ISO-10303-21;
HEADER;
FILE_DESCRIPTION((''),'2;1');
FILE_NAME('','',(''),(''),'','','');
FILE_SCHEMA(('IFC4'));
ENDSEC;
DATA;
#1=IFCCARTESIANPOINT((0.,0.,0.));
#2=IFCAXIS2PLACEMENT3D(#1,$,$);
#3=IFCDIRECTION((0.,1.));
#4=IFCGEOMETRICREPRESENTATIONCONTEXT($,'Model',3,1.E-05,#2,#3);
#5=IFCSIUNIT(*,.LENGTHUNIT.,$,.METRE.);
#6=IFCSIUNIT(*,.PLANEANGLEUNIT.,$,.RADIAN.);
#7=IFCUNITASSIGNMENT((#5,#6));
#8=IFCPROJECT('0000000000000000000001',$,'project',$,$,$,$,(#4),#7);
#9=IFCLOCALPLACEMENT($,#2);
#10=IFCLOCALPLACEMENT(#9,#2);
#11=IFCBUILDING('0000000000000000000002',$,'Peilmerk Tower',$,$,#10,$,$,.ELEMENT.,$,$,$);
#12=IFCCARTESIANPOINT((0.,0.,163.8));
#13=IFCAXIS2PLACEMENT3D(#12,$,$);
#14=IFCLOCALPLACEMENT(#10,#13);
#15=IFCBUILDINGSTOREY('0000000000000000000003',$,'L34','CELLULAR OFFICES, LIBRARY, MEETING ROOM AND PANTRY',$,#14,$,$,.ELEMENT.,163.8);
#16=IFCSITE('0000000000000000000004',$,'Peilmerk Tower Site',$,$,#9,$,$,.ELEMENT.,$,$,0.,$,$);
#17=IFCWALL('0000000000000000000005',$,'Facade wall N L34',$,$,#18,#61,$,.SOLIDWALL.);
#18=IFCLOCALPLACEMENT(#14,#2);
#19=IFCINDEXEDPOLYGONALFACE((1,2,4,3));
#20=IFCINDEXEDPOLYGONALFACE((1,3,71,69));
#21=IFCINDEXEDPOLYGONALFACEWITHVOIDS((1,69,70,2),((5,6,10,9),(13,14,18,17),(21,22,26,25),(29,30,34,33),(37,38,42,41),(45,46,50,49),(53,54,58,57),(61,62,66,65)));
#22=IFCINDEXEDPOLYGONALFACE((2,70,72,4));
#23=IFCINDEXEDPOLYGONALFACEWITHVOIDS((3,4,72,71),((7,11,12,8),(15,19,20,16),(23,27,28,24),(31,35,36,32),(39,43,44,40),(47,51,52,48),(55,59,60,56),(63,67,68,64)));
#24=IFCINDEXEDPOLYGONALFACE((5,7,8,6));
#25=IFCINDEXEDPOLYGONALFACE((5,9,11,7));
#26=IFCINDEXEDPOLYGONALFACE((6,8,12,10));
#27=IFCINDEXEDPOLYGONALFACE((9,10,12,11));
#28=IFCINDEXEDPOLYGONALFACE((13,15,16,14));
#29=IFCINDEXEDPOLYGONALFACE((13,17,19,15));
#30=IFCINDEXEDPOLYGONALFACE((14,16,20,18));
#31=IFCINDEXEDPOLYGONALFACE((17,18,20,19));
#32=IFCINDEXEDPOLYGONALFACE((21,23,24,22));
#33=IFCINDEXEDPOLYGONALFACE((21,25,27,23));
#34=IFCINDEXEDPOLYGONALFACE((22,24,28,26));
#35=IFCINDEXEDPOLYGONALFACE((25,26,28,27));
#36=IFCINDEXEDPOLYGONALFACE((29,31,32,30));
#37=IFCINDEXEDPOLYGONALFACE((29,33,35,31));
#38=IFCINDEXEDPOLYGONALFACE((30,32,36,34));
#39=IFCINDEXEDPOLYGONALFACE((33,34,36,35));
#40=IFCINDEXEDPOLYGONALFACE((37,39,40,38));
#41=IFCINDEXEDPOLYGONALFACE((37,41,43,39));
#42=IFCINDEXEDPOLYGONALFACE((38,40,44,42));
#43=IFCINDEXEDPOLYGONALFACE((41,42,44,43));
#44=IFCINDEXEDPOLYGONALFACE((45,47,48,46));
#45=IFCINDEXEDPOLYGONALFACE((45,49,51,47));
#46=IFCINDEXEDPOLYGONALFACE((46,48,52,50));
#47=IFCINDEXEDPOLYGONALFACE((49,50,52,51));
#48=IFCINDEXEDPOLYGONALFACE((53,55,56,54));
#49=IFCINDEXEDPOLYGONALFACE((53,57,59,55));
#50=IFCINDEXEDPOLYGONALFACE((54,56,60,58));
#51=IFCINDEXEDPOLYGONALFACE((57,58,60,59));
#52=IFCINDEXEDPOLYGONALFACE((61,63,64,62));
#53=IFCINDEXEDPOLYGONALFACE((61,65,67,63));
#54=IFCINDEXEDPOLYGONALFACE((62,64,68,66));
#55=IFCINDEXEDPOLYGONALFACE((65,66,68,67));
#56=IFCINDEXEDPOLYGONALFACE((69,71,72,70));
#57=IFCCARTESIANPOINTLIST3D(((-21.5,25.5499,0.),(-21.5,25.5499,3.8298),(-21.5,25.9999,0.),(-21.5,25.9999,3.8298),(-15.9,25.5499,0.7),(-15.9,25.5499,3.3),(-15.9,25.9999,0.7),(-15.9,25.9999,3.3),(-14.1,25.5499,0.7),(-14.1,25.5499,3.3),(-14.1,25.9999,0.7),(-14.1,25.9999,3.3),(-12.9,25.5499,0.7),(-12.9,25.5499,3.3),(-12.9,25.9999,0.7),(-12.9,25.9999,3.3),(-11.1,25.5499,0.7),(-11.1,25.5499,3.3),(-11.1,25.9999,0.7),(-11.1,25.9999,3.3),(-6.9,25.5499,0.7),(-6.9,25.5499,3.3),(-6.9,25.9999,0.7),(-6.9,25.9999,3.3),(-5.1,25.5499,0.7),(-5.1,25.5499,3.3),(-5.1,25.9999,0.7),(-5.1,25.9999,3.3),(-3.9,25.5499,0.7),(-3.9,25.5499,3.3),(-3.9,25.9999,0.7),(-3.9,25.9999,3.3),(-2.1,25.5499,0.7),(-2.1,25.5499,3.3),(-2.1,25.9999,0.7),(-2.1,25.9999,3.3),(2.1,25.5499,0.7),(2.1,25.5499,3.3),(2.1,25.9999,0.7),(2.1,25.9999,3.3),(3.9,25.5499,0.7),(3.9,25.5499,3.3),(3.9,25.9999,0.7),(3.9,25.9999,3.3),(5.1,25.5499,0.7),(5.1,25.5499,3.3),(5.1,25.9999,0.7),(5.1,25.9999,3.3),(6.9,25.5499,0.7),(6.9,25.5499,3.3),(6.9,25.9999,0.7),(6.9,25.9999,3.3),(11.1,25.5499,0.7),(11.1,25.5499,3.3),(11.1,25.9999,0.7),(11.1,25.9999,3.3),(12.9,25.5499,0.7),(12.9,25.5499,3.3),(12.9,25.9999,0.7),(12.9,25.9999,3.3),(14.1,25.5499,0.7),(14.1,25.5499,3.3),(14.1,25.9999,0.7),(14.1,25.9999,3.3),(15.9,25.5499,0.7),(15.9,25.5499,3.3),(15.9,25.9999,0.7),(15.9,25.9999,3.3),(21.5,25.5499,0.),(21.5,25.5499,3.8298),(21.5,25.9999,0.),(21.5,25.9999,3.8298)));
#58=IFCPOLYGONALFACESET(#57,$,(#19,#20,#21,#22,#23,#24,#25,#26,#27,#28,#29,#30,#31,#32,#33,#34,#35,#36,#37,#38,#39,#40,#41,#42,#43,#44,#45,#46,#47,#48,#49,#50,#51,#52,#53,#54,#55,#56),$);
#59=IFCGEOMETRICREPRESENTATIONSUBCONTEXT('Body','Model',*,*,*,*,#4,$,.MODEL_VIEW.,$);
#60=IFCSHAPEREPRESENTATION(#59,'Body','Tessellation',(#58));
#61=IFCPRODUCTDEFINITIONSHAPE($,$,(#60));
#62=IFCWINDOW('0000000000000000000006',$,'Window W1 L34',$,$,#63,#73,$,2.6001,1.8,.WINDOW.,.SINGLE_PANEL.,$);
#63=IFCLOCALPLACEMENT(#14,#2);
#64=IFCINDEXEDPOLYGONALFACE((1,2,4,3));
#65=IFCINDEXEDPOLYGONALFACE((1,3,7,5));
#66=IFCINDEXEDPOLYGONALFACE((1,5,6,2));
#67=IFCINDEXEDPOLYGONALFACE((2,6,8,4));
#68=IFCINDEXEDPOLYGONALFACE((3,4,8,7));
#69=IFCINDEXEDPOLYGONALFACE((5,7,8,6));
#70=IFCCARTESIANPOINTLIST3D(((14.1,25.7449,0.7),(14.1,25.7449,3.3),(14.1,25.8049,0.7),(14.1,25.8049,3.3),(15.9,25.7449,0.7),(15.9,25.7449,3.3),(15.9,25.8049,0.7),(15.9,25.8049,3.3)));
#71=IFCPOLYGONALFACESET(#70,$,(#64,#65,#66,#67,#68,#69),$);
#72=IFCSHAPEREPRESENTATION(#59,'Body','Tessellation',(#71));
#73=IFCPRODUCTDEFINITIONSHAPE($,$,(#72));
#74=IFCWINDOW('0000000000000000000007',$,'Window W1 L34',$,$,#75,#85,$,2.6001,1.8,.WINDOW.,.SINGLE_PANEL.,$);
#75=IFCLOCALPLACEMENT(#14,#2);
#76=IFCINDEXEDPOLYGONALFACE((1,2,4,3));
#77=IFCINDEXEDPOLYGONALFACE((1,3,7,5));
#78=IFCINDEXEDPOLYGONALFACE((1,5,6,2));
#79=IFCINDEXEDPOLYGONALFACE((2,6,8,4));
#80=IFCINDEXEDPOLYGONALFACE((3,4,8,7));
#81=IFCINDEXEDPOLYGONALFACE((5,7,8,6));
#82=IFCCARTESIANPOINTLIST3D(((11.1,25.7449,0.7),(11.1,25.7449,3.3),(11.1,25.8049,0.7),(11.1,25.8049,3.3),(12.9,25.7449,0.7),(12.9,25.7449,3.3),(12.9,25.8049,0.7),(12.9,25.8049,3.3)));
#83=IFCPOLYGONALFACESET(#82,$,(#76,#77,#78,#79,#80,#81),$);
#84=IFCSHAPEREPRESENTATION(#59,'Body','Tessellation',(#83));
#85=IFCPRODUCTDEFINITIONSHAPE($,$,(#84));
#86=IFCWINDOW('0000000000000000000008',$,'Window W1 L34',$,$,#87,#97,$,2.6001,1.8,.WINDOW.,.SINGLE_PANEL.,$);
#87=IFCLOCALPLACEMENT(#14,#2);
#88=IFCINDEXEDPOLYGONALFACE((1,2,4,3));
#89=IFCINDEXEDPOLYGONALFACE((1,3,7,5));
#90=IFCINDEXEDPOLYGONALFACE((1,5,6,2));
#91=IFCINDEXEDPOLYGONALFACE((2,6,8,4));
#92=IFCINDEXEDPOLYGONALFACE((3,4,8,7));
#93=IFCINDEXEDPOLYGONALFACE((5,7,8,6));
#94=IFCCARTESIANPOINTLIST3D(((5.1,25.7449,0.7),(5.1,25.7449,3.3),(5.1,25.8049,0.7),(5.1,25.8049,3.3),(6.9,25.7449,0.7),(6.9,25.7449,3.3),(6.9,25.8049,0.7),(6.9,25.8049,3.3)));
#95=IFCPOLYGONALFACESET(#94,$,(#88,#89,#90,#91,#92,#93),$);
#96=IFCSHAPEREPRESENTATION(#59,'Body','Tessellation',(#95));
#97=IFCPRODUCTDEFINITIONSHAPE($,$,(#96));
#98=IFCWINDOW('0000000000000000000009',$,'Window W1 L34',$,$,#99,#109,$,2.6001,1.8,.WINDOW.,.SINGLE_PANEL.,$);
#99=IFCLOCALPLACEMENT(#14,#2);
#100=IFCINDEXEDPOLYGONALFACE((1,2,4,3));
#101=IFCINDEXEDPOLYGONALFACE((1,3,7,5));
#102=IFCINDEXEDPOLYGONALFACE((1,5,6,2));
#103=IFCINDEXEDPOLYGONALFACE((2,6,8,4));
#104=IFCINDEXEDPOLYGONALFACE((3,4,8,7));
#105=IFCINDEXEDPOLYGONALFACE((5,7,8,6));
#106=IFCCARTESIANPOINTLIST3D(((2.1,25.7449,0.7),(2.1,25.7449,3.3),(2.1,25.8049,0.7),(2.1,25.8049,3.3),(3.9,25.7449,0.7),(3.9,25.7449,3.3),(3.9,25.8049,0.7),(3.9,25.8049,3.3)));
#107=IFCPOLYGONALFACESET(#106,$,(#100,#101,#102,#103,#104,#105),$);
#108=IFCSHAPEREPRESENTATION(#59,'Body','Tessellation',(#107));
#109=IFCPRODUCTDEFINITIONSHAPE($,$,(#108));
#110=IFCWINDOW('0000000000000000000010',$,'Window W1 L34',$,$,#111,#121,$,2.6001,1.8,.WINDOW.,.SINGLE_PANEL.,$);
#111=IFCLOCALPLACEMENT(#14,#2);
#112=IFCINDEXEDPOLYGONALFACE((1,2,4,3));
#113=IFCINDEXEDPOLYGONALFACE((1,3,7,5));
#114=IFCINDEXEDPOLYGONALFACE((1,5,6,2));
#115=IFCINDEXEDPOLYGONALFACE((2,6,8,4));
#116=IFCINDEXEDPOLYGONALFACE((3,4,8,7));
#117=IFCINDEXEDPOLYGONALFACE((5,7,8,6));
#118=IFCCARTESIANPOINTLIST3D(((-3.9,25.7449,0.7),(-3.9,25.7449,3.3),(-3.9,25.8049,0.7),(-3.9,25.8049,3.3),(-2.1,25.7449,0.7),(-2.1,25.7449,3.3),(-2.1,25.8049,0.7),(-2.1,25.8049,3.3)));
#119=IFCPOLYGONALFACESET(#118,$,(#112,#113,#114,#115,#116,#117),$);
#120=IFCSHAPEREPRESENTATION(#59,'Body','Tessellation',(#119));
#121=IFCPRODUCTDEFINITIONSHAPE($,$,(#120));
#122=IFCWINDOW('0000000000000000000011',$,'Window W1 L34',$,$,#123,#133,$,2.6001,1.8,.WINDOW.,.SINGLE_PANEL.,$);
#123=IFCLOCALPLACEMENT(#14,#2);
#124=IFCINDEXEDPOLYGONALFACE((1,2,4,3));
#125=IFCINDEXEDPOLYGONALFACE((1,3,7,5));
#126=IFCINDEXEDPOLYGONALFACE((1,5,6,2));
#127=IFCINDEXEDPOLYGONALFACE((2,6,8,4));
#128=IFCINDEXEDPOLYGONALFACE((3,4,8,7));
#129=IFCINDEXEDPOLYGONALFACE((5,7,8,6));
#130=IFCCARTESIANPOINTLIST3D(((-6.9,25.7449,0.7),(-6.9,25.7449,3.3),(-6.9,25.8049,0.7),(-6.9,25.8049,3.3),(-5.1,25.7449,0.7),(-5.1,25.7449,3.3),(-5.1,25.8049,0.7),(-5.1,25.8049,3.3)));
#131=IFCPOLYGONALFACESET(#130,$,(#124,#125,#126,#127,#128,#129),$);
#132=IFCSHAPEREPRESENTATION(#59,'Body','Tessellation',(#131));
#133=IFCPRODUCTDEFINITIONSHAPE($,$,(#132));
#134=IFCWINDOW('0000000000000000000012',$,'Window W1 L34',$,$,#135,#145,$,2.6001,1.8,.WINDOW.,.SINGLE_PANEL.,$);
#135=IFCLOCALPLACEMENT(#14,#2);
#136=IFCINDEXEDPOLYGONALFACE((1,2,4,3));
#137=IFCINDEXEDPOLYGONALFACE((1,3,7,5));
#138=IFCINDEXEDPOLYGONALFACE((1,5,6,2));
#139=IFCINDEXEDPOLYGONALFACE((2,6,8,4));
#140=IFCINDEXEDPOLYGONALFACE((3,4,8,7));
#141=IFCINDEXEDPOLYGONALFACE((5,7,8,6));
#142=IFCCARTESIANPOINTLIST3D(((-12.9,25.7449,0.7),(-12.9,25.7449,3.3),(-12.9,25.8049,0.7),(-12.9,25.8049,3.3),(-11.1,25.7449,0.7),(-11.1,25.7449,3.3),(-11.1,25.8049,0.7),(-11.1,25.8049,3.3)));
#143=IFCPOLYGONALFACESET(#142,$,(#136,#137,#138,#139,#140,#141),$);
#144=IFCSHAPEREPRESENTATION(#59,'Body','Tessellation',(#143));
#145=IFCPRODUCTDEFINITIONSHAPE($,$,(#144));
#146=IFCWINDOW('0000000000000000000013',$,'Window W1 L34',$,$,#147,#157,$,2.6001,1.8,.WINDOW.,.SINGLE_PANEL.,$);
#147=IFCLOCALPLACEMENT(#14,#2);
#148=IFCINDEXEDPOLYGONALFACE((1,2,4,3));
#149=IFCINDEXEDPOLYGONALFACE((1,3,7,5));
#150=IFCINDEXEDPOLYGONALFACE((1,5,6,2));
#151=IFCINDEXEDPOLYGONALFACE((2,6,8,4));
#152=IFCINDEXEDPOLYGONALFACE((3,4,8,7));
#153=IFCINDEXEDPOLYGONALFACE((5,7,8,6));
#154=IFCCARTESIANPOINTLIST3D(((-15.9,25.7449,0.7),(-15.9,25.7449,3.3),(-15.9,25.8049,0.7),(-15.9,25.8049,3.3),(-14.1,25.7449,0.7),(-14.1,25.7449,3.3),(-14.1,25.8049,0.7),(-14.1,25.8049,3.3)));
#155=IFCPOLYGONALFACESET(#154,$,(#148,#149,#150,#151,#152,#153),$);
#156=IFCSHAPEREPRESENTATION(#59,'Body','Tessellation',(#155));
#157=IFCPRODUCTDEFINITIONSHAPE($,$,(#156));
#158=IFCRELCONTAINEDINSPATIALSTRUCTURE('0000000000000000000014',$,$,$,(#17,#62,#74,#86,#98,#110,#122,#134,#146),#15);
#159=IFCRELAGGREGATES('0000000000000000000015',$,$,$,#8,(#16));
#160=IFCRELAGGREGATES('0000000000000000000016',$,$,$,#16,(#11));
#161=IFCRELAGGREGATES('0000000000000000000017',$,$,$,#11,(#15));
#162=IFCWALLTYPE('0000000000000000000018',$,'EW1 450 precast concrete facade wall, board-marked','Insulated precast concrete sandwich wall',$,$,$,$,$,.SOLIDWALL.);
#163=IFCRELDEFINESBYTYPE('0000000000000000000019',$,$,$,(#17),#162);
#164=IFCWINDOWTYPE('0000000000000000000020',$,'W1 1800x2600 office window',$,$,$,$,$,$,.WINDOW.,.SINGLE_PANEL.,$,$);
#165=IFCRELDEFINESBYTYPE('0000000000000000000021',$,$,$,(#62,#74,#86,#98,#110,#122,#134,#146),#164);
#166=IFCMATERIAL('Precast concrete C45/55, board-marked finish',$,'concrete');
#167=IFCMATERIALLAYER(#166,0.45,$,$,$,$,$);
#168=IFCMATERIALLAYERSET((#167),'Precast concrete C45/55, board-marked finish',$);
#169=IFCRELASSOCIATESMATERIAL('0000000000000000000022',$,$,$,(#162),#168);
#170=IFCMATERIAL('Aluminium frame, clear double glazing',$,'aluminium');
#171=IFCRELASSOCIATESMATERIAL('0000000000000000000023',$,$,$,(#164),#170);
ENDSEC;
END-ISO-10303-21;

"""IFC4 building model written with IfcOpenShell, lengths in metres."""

from ifc_helpers import new_model, si_unit, direction, frame, frame_2d, origin, place, context, subcontext, project, spatial, rectangle, extrude, material, layer, layer_set, type_object, element, fill, save


model = new_model("IFC4")

# Units and contexts
model_context = context("Model", 3, precision=1e-05, world=origin(), true_north=direction((0.0, 1.0)))
body_context = subcontext(model_context, "Body", "Model", "MODEL_VIEW")
ifc_project = project(units=[si_unit("LENGTHUNIT", "METRE"), si_unit("PLANEANGLEUNIT", "RADIAN")], contexts=[model_context])

# Site, building, storey
site_placement = place(None, origin())
site = spatial("IfcSite", under=ifc_project, at=site_placement, Name="Peilmerk Tower Site", CompositionType="ELEMENT", RefElevation=0.0)
building_placement = place(site_placement, origin())
building = spatial("IfcBuilding", under=site, at=building_placement, Name="Peilmerk Tower", CompositionType="ELEMENT")
storey_placement = place(building_placement, frame((0.0, 0.0, 163.8)))
storey = spatial("IfcBuildingStorey", under=building, at=storey_placement, Name="L34", Description="CELLULAR OFFICES, LIBRARY, MEETING ROOM AND PANTRY", CompositionType="ELEMENT", Elevation=163.8)

# Wall, openings, windows
ifc_material_1 = material(Name="Precast concrete C45/55, board-marked finish", Category="concrete")
ifc_layer_1 = layer(ifc_material_1, 0.45)
ifc_layer_set_1 = layer_set([ifc_layer_1], Name="Precast concrete C45/55, board-marked finish")
wall_type = type_object("IfcWallType", Name="EW1 450 precast concrete facade wall, board-marked", Description="Insulated precast concrete sandwich wall", PredefinedType="SOLIDWALL", material=ifc_layer_set_1)
wall_placement = place(storey_placement, frame((21.5, 25.7749, 0.0), z_axis=(0.0, 0.0, 1.0), x_axis=(-1.0, 0.0, 0.0)))
wall = element("IfcWall", 1, at=wall_placement, inside=storey, type_object=wall_type, Name="Facade wall N L34", PredefinedType="SOLIDWALL", context=body_context, shape_type="SweptSolid", body=[
    extrude(rectangle(XDim=43.0, YDim=0.45, at=frame_2d((21.5, 0.0))), origin(), (0.0, 0.0, 1.0), 3.8298),
])
opening_1_placement = place(wall_placement, frame((5.6001, 0.0, 0.7)))
opening_1 = element("IfcOpeningElement", 2, at=opening_1_placement, cuts=wall, PredefinedType="OPENING", context=body_context, shape_type="SweptSolid", body=[
    extrude(rectangle(XDim=1.8, YDim=2.6001, at=frame_2d((0.8999, 1.3))), frame((0.0, 0.2349, 0.0), z_axis=(0.0, -1.0, 0.0), x_axis=(1.0, 0.0, 0.0)), (0.0, 0.0, 1.0), 0.47),
])
opening_2_placement = place(wall_placement, frame((8.6001, 0.0, 0.7)))
opening_2 = element("IfcOpeningElement", 3, at=opening_2_placement, cuts=wall, PredefinedType="OPENING", context=body_context, shape_type="SweptSolid", body=[
    extrude(rectangle(XDim=1.8, YDim=2.6001, at=frame_2d((0.8999, 1.3))), frame((0.0, 0.2349, 0.0), z_axis=(0.0, -1.0, 0.0), x_axis=(1.0, 0.0, 0.0)), (0.0, 0.0, 1.0), 0.47),
])
opening_3_placement = place(wall_placement, frame((14.6001, 0.0, 0.7)))
opening_3 = element("IfcOpeningElement", 4, at=opening_3_placement, cuts=wall, PredefinedType="OPENING", context=body_context, shape_type="SweptSolid", body=[
    extrude(rectangle(XDim=1.8, YDim=2.6001, at=frame_2d((0.8999, 1.3))), frame((0.0, 0.2349, 0.0), z_axis=(0.0, -1.0, 0.0), x_axis=(1.0, 0.0, 0.0)), (0.0, 0.0, 1.0), 0.47),
])
opening_4_placement = place(wall_placement, frame((17.6001, 0.0, 0.7)))
opening_4 = element("IfcOpeningElement", 5, at=opening_4_placement, cuts=wall, PredefinedType="OPENING", context=body_context, shape_type="SweptSolid", body=[
    extrude(rectangle(XDim=1.8, YDim=2.6001, at=frame_2d((0.8999, 1.3))), frame((0.0, 0.2349, 0.0), z_axis=(0.0, -1.0, 0.0), x_axis=(1.0, 0.0, 0.0)), (0.0, 0.0, 1.0), 0.47),
])
opening_5_placement = place(wall_placement, frame((23.6001, 0.0, 0.7)))
opening_5 = element("IfcOpeningElement", 6, at=opening_5_placement, cuts=wall, PredefinedType="OPENING", context=body_context, shape_type="SweptSolid", body=[
    extrude(rectangle(XDim=1.8, YDim=2.6001, at=frame_2d((0.8999, 1.3))), frame((0.0, 0.2349, 0.0), z_axis=(0.0, -1.0, 0.0), x_axis=(1.0, 0.0, 0.0)), (0.0, 0.0, 1.0), 0.47),
])
opening_6_placement = place(wall_placement, frame((26.6001, 0.0, 0.7)))
opening_6 = element("IfcOpeningElement", 7, at=opening_6_placement, cuts=wall, PredefinedType="OPENING", context=body_context, shape_type="SweptSolid", body=[
    extrude(rectangle(XDim=1.8, YDim=2.6001, at=frame_2d((0.8999, 1.3))), frame((0.0, 0.2349, 0.0), z_axis=(0.0, -1.0, 0.0), x_axis=(1.0, 0.0, 0.0)), (0.0, 0.0, 1.0), 0.47),
])
opening_7_placement = place(wall_placement, frame((32.6001, 0.0, 0.7)))
opening_7 = element("IfcOpeningElement", 8, at=opening_7_placement, cuts=wall, PredefinedType="OPENING", context=body_context, shape_type="SweptSolid", body=[
    extrude(rectangle(XDim=1.8, YDim=2.6001, at=frame_2d((0.8999, 1.3))), frame((0.0, 0.2349, 0.0), z_axis=(0.0, -1.0, 0.0), x_axis=(1.0, 0.0, 0.0)), (0.0, 0.0, 1.0), 0.47),
])
opening_8_placement = place(wall_placement, frame((35.6001, 0.0, 0.7)))
opening_8 = element("IfcOpeningElement", 9, at=opening_8_placement, cuts=wall, PredefinedType="OPENING", context=body_context, shape_type="SweptSolid", body=[
    extrude(rectangle(XDim=1.8, YDim=2.6001, at=frame_2d((0.8999, 1.3))), frame((0.0, 0.2349, 0.0), z_axis=(0.0, -1.0, 0.0), x_axis=(1.0, 0.0, 0.0)), (0.0, 0.0, 1.0), 0.47),
])
ifc_material_2 = material(Name="Aluminium frame, clear double glazing", Category="aluminium")
window_type = type_object("IfcWindowType", Name="W1 1800x2600 office window", PartitioningType="SINGLE_PANEL", PredefinedType="WINDOW", material=ifc_material_2)
window_1_placement = place(opening_1_placement, origin())
window_1 = element("IfcWindow", 10, at=window_1_placement, inside=storey, type_object=window_type, Name="Window W1 L34", OverallHeight=2.6001, OverallWidth=1.8, PartitioningType="SINGLE_PANEL", PredefinedType="WINDOW", context=body_context, shape_type="SweptSolid", body=[
    extrude(rectangle(XDim=1.8, YDim=2.6001, at=frame_2d((0.8999, 1.3))), frame((0.0, 0.03, 0.0), z_axis=(0.0, -1.0, 0.0), x_axis=(1.0, 0.0, 0.0)), (0.0, 0.0, 1.0), 0.0601),
])
fill(opening_1, window_1)
window_2_placement = place(opening_2_placement, origin())
window_2 = element("IfcWindow", 11, at=window_2_placement, inside=storey, type_object=window_type, Name="Window W1 L34", OverallHeight=2.6001, OverallWidth=1.8, PartitioningType="SINGLE_PANEL", PredefinedType="WINDOW", context=body_context, shape_type="SweptSolid", body=[
    extrude(rectangle(XDim=1.8, YDim=2.6001, at=frame_2d((0.8999, 1.3))), frame((0.0, 0.03, 0.0), z_axis=(0.0, -1.0, 0.0), x_axis=(1.0, 0.0, 0.0)), (0.0, 0.0, 1.0), 0.0601),
])
fill(opening_2, window_2)
window_3_placement = place(opening_3_placement, origin())
window_3 = element("IfcWindow", 12, at=window_3_placement, inside=storey, type_object=window_type, Name="Window W1 L34", OverallHeight=2.6001, OverallWidth=1.8, PartitioningType="SINGLE_PANEL", PredefinedType="WINDOW", context=body_context, shape_type="SweptSolid", body=[
    extrude(rectangle(XDim=1.8, YDim=2.6001, at=frame_2d((0.8999, 1.3))), frame((0.0, 0.03, 0.0), z_axis=(0.0, -1.0, 0.0), x_axis=(1.0, 0.0, 0.0)), (0.0, 0.0, 1.0), 0.0601),
])
fill(opening_3, window_3)
window_4_placement = place(opening_4_placement, origin())
window_4 = element("IfcWindow", 13, at=window_4_placement, inside=storey, type_object=window_type, Name="Window W1 L34", OverallHeight=2.6001, OverallWidth=1.8, PartitioningType="SINGLE_PANEL", PredefinedType="WINDOW", context=body_context, shape_type="SweptSolid", body=[
    extrude(rectangle(XDim=1.8, YDim=2.6001, at=frame_2d((0.8999, 1.3))), frame((0.0, 0.03, 0.0), z_axis=(0.0, -1.0, 0.0), x_axis=(1.0, 0.0, 0.0)), (0.0, 0.0, 1.0), 0.0601),
])
fill(opening_4, window_4)
window_5_placement = place(opening_5_placement, origin())
window_5 = element("IfcWindow", 14, at=window_5_placement, inside=storey, type_object=window_type, Name="Window W1 L34", OverallHeight=2.6001, OverallWidth=1.8, PartitioningType="SINGLE_PANEL", PredefinedType="WINDOW", context=body_context, shape_type="SweptSolid", body=[
    extrude(rectangle(XDim=1.8, YDim=2.6001, at=frame_2d((0.8999, 1.3))), frame((0.0, 0.03, 0.0), z_axis=(0.0, -1.0, 0.0), x_axis=(1.0, 0.0, 0.0)), (0.0, 0.0, 1.0), 0.0601),
])
fill(opening_5, window_5)
window_6_placement = place(opening_6_placement, origin())
window_6 = element("IfcWindow", 15, at=window_6_placement, inside=storey, type_object=window_type, Name="Window W1 L34", OverallHeight=2.6001, OverallWidth=1.8, PartitioningType="SINGLE_PANEL", PredefinedType="WINDOW", context=body_context, shape_type="SweptSolid", body=[
    extrude(rectangle(XDim=1.8, YDim=2.6001, at=frame_2d((0.8999, 1.3))), frame((0.0, 0.03, 0.0), z_axis=(0.0, -1.0, 0.0), x_axis=(1.0, 0.0, 0.0)), (0.0, 0.0, 1.0), 0.0601),
])
fill(opening_6, window_6)
window_7_placement = place(opening_7_placement, origin())
window_7 = element("IfcWindow", 16, at=window_7_placement, inside=storey, type_object=window_type, Name="Window W1 L34", OverallHeight=2.6001, OverallWidth=1.8, PartitioningType="SINGLE_PANEL", PredefinedType="WINDOW", context=body_context, shape_type="SweptSolid", body=[
    extrude(rectangle(XDim=1.8, YDim=2.6001, at=frame_2d((0.8999, 1.3))), frame((0.0, 0.03, 0.0), z_axis=(0.0, -1.0, 0.0), x_axis=(1.0, 0.0, 0.0)), (0.0, 0.0, 1.0), 0.0601),
])
fill(opening_7, window_7)
window_8_placement = place(opening_8_placement, origin())
window_8 = element("IfcWindow", 17, at=window_8_placement, inside=storey, type_object=window_type, Name="Window W1 L34", OverallHeight=2.6001, OverallWidth=1.8, PartitioningType="SINGLE_PANEL", PredefinedType="WINDOW", context=body_context, shape_type="SweptSolid", body=[
    extrude(rectangle(XDim=1.8, YDim=2.6001, at=frame_2d((0.8999, 1.3))), frame((0.0, 0.03, 0.0), z_axis=(0.0, -1.0, 0.0), x_axis=(1.0, 0.0, 0.0)), (0.0, 0.0, 1.0), 0.0601),
])
fill(opening_8, window_8)

save(model, "model.ifc")
